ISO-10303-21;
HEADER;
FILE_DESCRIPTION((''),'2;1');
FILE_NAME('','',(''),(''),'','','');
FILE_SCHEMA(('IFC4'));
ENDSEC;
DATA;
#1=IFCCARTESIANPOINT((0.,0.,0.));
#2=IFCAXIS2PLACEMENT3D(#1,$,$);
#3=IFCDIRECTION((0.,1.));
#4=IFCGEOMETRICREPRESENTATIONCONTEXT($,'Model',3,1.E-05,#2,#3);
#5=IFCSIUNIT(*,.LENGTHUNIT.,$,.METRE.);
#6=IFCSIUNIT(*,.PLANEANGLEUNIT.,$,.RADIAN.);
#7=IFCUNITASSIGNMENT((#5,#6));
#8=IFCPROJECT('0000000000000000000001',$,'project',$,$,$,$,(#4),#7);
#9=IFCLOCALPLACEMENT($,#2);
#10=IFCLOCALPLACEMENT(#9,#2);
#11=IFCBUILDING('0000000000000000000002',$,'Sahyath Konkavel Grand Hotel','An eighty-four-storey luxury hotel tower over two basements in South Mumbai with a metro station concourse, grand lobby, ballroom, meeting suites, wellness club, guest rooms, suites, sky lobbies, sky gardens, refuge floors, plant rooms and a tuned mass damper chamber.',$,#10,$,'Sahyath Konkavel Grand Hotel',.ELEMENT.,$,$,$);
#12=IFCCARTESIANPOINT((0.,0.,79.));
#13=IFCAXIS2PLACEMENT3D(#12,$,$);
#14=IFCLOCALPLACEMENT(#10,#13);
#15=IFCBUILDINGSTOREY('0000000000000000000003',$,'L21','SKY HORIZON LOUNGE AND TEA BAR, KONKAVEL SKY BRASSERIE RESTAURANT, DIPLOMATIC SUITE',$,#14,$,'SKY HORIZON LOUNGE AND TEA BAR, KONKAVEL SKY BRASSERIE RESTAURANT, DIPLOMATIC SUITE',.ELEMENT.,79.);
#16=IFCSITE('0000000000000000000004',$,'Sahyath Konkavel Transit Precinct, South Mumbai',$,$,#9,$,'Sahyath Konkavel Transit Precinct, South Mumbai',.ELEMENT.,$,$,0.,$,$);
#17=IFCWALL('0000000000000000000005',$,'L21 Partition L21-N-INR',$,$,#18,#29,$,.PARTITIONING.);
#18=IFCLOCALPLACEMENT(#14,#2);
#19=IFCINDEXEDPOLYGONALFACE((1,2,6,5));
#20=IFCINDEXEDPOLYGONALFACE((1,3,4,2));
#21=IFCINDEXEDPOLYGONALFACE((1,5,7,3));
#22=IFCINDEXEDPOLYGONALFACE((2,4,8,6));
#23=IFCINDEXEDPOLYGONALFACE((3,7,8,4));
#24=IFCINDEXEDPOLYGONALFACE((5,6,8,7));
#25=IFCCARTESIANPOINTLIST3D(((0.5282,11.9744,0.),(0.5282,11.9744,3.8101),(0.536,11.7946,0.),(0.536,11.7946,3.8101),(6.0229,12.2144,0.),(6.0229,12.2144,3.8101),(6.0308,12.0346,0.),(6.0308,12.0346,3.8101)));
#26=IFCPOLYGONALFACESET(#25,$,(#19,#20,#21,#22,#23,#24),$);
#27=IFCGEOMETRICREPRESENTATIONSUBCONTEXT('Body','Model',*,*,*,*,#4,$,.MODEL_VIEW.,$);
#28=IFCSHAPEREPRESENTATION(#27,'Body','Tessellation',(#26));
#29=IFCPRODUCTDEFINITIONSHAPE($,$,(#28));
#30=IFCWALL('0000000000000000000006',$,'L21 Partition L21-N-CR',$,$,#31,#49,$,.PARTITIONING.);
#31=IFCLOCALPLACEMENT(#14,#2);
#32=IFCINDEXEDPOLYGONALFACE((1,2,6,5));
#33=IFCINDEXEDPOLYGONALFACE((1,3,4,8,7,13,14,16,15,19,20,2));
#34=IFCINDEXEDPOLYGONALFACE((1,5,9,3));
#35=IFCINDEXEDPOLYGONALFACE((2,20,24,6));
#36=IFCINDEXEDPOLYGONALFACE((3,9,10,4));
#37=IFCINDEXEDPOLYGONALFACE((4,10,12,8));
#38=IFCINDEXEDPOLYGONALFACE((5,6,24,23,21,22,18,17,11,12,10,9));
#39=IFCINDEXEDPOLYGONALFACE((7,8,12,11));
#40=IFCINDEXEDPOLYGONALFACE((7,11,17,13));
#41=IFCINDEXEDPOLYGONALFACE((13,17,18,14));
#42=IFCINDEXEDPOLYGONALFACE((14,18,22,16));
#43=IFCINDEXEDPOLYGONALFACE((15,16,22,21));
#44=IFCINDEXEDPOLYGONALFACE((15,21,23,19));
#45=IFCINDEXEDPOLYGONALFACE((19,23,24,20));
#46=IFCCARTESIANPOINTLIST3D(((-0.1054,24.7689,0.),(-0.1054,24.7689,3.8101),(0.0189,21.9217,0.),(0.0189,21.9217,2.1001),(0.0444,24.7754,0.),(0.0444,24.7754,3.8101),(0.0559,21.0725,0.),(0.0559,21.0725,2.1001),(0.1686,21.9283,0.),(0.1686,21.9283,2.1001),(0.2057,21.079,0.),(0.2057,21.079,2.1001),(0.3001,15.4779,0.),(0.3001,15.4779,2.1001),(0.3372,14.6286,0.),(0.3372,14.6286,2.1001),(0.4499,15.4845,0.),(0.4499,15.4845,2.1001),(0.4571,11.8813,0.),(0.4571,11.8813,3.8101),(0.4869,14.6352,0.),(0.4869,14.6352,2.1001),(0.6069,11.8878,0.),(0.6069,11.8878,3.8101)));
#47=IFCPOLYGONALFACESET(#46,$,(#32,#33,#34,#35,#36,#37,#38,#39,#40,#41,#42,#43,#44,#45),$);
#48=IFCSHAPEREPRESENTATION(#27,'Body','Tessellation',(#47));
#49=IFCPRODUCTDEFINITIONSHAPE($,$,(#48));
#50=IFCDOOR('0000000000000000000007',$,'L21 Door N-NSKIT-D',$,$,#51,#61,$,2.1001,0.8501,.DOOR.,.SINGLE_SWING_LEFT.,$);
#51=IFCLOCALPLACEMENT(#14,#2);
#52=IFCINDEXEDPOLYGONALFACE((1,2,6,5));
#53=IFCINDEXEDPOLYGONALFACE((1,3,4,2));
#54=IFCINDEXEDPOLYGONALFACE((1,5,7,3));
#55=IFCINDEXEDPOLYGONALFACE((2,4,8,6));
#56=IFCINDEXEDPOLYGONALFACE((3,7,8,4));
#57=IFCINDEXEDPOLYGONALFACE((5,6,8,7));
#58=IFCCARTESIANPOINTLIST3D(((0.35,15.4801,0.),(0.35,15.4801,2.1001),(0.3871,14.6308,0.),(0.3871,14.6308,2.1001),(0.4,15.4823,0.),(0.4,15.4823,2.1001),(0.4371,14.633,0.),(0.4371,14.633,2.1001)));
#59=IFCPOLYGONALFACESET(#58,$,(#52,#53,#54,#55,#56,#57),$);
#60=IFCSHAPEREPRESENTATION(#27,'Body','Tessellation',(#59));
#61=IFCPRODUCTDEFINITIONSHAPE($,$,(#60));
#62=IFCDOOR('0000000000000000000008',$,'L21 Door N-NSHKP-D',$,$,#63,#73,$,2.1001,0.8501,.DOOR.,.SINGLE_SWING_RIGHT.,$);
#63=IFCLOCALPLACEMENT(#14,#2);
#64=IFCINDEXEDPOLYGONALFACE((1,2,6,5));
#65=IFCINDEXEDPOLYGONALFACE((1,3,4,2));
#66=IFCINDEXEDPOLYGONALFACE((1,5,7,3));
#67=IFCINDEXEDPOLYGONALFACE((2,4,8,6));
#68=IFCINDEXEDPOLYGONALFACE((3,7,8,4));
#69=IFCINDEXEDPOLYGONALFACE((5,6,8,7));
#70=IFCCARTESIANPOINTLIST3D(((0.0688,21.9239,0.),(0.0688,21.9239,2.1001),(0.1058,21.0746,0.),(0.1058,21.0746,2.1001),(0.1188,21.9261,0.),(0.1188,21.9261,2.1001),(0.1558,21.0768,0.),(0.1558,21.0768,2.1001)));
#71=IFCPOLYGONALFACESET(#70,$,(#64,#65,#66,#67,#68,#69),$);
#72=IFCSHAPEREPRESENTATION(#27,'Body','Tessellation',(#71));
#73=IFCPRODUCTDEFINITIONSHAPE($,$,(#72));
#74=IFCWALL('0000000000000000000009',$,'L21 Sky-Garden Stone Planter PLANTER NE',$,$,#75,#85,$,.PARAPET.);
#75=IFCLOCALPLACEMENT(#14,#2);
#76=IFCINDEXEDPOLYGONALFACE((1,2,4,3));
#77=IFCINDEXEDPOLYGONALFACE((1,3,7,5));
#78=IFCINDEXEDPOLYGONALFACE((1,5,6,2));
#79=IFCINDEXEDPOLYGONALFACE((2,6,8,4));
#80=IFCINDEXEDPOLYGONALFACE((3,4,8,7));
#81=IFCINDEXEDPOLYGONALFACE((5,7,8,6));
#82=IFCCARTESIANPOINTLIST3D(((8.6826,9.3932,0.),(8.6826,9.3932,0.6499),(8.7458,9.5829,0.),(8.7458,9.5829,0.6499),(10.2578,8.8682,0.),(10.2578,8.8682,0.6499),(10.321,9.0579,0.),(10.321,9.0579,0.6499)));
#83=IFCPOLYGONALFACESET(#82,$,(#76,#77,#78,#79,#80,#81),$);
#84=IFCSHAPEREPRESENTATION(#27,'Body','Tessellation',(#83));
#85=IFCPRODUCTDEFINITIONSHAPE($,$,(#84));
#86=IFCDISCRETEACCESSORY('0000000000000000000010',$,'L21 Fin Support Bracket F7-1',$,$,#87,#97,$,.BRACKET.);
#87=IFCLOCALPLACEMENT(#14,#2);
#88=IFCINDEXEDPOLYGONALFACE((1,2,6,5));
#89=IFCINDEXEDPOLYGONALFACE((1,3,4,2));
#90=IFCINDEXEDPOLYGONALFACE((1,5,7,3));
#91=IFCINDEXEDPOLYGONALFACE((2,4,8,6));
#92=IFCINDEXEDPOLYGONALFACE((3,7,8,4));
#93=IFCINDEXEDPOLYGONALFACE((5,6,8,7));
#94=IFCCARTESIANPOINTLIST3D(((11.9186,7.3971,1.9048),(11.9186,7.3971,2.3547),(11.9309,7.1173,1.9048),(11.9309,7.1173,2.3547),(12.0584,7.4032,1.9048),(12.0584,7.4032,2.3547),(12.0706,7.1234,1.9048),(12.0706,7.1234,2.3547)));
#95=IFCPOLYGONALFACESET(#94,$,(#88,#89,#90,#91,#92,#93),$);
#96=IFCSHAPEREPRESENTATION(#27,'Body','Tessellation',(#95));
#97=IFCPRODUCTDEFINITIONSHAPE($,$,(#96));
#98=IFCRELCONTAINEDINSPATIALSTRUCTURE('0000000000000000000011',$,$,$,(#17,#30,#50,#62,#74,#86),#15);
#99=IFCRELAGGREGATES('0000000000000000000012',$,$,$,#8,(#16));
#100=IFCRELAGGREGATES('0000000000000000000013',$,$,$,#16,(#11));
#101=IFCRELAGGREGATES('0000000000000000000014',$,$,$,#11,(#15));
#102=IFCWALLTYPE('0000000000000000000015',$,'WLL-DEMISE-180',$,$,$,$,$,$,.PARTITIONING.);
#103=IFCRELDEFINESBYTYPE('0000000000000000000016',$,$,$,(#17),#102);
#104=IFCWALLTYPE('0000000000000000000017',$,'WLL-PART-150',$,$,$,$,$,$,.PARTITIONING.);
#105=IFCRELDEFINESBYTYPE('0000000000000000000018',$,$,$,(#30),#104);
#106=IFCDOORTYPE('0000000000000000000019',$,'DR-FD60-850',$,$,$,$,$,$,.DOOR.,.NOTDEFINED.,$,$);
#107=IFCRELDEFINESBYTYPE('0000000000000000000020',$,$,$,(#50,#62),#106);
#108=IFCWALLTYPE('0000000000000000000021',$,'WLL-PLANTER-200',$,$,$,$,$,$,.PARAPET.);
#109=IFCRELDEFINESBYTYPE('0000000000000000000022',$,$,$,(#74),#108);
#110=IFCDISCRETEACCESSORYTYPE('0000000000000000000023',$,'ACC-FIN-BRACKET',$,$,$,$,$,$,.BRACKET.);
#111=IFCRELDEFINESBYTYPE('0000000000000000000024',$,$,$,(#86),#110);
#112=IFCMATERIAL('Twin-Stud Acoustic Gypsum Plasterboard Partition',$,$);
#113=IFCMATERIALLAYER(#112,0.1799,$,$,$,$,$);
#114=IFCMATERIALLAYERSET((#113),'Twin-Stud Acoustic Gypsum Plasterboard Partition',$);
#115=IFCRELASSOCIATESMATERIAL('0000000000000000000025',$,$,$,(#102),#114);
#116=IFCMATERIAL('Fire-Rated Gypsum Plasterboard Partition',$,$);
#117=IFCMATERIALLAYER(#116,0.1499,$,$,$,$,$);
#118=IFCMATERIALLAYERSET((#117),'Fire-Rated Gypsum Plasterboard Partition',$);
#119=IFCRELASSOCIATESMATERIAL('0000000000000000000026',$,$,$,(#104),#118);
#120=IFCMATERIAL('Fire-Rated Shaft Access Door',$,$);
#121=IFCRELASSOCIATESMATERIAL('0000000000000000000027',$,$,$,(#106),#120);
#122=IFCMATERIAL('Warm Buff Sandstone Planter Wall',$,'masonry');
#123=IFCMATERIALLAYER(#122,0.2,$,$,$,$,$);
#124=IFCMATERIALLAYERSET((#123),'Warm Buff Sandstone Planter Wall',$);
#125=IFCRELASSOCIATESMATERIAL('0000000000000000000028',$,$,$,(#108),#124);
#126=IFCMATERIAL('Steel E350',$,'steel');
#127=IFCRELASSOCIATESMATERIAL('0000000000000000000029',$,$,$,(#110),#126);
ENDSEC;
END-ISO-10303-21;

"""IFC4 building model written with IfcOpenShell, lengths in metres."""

from ifc_helpers import new_model, si_unit, direction, frame, frame_2d, origin, origin_2d, place, context, subcontext, project, spatial, rectangle, extrude, source, transform, mapped, material, layer, layer_set, type_object, element, fill, save


model = new_model("IFC4")

# Units and contexts
model_context = context("Model", 3, precision=1e-05, world=origin(), true_north=direction((0.0, 1.0)))
body_context = subcontext(model_context, "Body", "Model", "MODEL_VIEW")
ifc_project = project(units=[si_unit("LENGTHUNIT", "METRE"), si_unit("PLANEANGLEUNIT", "RADIAN")], contexts=[model_context])

# Site, building, storey
site_placement = place(None, origin())
site = spatial("IfcSite", under=ifc_project, at=site_placement, Name="Sahyath Konkavel Transit Precinct, South Mumbai", LongName="Sahyath Konkavel Transit Precinct, South Mumbai", CompositionType="ELEMENT", RefElevation=0.0)
building_placement = place(site_placement, origin())
building = spatial("IfcBuilding", under=site, at=building_placement, Name="Sahyath Konkavel Grand Hotel", Description="An eighty-four-storey luxury hotel tower over two basements in South Mumbai with a metro station concourse, grand lobby, ballroom, meeting suites, wellness club, guest rooms, suites, sky lobbies, sky gardens, refuge floors, plant rooms and a tuned mass damper chamber.", LongName="Sahyath Konkavel Grand Hotel", CompositionType="ELEMENT")
storey_placement = place(building_placement, frame((0.0, 0.0, 79.0)))
storey = spatial("IfcBuildingStorey", under=building, at=storey_placement, Name="L21", Description="SKY HORIZON LOUNGE AND TEA BAR, KONKAVEL SKY BRASSERIE RESTAURANT, DIPLOMATIC SUITE", LongName="SKY HORIZON LOUNGE AND TEA BAR, KONKAVEL SKY BRASSERIE RESTAURANT, DIPLOMATIC SUITE", CompositionType="ELEMENT", Elevation=79.0)

# Shared definitions
ifc_material_1 = material(Name="Steel E350", Category="steel")

# Wall
ifc_material_2 = material(Name="Twin-Stud Acoustic Gypsum Plasterboard Partition")
ifc_layer_1 = layer(ifc_material_2, 0.1799)
ifc_layer_set_1 = layer_set([ifc_layer_1], Name="Twin-Stud Acoustic Gypsum Plasterboard Partition")
wall_type_1 = type_object("IfcWallType", Name="WLL-DEMISE-180", PredefinedType="PARTITIONING", material=ifc_layer_set_1)
wall_1_placement = place(storey_placement, frame((6.0269, 12.1245, 0.0), z_axis=(0.0, 0.0, 1.0), x_axis=(-0.999048, -0.043634, 0.0)))
element("IfcWall", 1, at=wall_1_placement, inside=storey, type_object=wall_type_1, Name="L21 Partition L21-N-INR", PredefinedType="PARTITIONING", context=body_context, shape_type="SweptSolid", body=[
    extrude(rectangle(XDim=5.5, YDim=0.1799, at=frame_2d((2.75, 0.0))), origin(), (0.0, 0.0, 1.0), 3.8101),
])

# Wall, openings, doors
ifc_material_3 = material(Name="Fire-Rated Gypsum Plasterboard Partition")
ifc_layer_2 = layer(ifc_material_3, 0.1499)
ifc_layer_set_2 = layer_set([ifc_layer_2], Name="Fire-Rated Gypsum Plasterboard Partition")
wall_type_2 = type_object("IfcWallType", Name="WLL-PART-150", PredefinedType="PARTITIONING", material=ifc_layer_set_2)
wall_2_placement = place(storey_placement, frame((0.532, 11.8845, 0.0), z_axis=(0.0, 0.0, 1.0), x_axis=(-0.043605, 0.999049, 0.0)))
wall_2 = element("IfcWall", 2, at=wall_2_placement, inside=storey, type_object=wall_type_2, Name="L21 Partition L21-N-CR", PredefinedType="PARTITIONING", context=body_context, shape_type="SweptSolid", body=[
    extrude(rectangle(XDim=12.8999, YDim=0.1499, at=frame_2d((6.45, 0.0))), origin(), (0.0, 0.0, 1.0), 3.8101),
])
opening_1_placement = place(wall_2_placement, frame((2.75, 0.0, 0.0)))
opening_1 = element("IfcOpeningElement", 3, at=opening_1_placement, cuts=wall_2, PredefinedType="OPENING", context=body_context, shape_type="SweptSolid", body=[
    extrude(rectangle(XDim=0.8501, YDim=2.1001, at=frame_2d((0.425, 1.05))), frame((0.0, 0.085, 0.0), z_axis=(0.0, -1.0, 0.0), x_axis=(1.0, 0.0, 0.0)), (0.0, 0.0, 1.0), 0.1699),
])
opening_2_placement = place(wall_2_placement, frame((9.2, 0.0, 0.0)))
opening_2 = element("IfcOpeningElement", 4, at=opening_2_placement, cuts=wall_2, PredefinedType="OPENING", context=body_context, shape_type="SweptSolid", body=[
    extrude(rectangle(XDim=0.8501, YDim=2.1001, at=frame_2d((0.425, 1.05))), frame((0.0, 0.085, 0.0), z_axis=(0.0, -1.0, 0.0), x_axis=(1.0, 0.0, 0.0)), (0.0, 0.0, 1.0), 0.1699),
])
ifc_material_4 = material(Name="Fire-Rated Shaft Access Door")
door_type_1 = type_object("IfcDoorType", Name="DR-FD60-850", OperationType="NOTDEFINED", PredefinedType="DOOR", material=ifc_material_4)
shared_shape_1 = source(origin(), body_context, "Body", "SweptSolid", [
    extrude(rectangle(XDim=0.8501, YDim=0.05, at=origin_2d()), origin(), (0.0, 0.0, 1.0), 2.1001),
])
door_1_placement = place(opening_1_placement, frame((0.425, 0.0, 0.0)))
door_1 = element("IfcDoor", 5, at=door_1_placement, inside=storey, type_object=door_type_1, Name="L21 Door N-NSKIT-D", OperationType="SINGLE_SWING_LEFT", OverallHeight=2.1001, OverallWidth=0.8501, PredefinedType="DOOR", context=body_context, shape_type="MappedRepresentation", body=[
    mapped(shared_shape_1, transform((0.0, 0.0, 0.0), scale=1.0)),
])
fill(opening_1, door_1)
door_2_placement = place(opening_2_placement, frame((0.425, 0.0, 0.0)))
door_2 = element("IfcDoor", 6, at=door_2_placement, inside=storey, type_object=door_type_1, Name="L21 Door N-NSHKP-D", OperationType="SINGLE_SWING_RIGHT", OverallHeight=2.1001, OverallWidth=0.8501, PredefinedType="DOOR", context=body_context, shape_type="MappedRepresentation", body=[
    mapped(shared_shape_1, transform((0.0, 0.0, 0.0), scale=1.0)),
])
fill(opening_2, door_2)

# Wall
ifc_material_5 = material(Name="Warm Buff Sandstone Planter Wall", Category="masonry")
ifc_layer_3 = layer(ifc_material_5, 0.2)
ifc_layer_set_3 = layer_set([ifc_layer_3], Name="Warm Buff Sandstone Planter Wall")
wall_type_3 = type_object("IfcWallType", Name="WLL-PLANTER-200", PredefinedType="PARAPET", material=ifc_layer_set_3)
wall_3_placement = place(storey_placement, frame((10.2893, 8.9631, 0.0), z_axis=(0.0, 0.0, 1.0), x_axis=(-0.948713, 0.31614, 0.0)))
element("IfcWall", 7, at=wall_3_placement, inside=storey, type_object=wall_type_3, Name="L21 Sky-Garden Stone Planter PLANTER NE", PredefinedType="PARAPET", context=body_context, shape_type="SweptSolid", body=[
    extrude(rectangle(XDim=1.6604, YDim=0.2, at=frame_2d((0.8301, 0.0))), origin(), (0.0, 0.0, 1.0), 0.6499),
])

# Discrete accessory
discrete_accessory_type = type_object("IfcDiscreteAccessoryType", Name="ACC-FIN-BRACKET", PredefinedType="BRACKET", material=ifc_material_1)
shared_shape_2 = source(origin(), body_context, "Body", "SweptSolid", [
    extrude(rectangle(XDim=0.28, YDim=0.1399, at=origin_2d()), origin(), (0.0, 0.0, 1.0), 0.45),
])
discrete_accessory_placement = place(storey_placement, frame((11.9946, 7.2603, 1.9048), z_axis=(0.0, 0.0, 1.0), x_axis=(-0.043619, 0.999048, 0.0)))
element("IfcDiscreteAccessory", 8, at=discrete_accessory_placement, inside=storey, type_object=discrete_accessory_type, Name="L21 Fin Support Bracket F7-1", PredefinedType="BRACKET", context=body_context, shape_type="MappedRepresentation", body=[
    mapped(shared_shape_2, transform((0.0, 0.0, 0.0), scale=1.0)),
])

save(model, "model.ifc")
